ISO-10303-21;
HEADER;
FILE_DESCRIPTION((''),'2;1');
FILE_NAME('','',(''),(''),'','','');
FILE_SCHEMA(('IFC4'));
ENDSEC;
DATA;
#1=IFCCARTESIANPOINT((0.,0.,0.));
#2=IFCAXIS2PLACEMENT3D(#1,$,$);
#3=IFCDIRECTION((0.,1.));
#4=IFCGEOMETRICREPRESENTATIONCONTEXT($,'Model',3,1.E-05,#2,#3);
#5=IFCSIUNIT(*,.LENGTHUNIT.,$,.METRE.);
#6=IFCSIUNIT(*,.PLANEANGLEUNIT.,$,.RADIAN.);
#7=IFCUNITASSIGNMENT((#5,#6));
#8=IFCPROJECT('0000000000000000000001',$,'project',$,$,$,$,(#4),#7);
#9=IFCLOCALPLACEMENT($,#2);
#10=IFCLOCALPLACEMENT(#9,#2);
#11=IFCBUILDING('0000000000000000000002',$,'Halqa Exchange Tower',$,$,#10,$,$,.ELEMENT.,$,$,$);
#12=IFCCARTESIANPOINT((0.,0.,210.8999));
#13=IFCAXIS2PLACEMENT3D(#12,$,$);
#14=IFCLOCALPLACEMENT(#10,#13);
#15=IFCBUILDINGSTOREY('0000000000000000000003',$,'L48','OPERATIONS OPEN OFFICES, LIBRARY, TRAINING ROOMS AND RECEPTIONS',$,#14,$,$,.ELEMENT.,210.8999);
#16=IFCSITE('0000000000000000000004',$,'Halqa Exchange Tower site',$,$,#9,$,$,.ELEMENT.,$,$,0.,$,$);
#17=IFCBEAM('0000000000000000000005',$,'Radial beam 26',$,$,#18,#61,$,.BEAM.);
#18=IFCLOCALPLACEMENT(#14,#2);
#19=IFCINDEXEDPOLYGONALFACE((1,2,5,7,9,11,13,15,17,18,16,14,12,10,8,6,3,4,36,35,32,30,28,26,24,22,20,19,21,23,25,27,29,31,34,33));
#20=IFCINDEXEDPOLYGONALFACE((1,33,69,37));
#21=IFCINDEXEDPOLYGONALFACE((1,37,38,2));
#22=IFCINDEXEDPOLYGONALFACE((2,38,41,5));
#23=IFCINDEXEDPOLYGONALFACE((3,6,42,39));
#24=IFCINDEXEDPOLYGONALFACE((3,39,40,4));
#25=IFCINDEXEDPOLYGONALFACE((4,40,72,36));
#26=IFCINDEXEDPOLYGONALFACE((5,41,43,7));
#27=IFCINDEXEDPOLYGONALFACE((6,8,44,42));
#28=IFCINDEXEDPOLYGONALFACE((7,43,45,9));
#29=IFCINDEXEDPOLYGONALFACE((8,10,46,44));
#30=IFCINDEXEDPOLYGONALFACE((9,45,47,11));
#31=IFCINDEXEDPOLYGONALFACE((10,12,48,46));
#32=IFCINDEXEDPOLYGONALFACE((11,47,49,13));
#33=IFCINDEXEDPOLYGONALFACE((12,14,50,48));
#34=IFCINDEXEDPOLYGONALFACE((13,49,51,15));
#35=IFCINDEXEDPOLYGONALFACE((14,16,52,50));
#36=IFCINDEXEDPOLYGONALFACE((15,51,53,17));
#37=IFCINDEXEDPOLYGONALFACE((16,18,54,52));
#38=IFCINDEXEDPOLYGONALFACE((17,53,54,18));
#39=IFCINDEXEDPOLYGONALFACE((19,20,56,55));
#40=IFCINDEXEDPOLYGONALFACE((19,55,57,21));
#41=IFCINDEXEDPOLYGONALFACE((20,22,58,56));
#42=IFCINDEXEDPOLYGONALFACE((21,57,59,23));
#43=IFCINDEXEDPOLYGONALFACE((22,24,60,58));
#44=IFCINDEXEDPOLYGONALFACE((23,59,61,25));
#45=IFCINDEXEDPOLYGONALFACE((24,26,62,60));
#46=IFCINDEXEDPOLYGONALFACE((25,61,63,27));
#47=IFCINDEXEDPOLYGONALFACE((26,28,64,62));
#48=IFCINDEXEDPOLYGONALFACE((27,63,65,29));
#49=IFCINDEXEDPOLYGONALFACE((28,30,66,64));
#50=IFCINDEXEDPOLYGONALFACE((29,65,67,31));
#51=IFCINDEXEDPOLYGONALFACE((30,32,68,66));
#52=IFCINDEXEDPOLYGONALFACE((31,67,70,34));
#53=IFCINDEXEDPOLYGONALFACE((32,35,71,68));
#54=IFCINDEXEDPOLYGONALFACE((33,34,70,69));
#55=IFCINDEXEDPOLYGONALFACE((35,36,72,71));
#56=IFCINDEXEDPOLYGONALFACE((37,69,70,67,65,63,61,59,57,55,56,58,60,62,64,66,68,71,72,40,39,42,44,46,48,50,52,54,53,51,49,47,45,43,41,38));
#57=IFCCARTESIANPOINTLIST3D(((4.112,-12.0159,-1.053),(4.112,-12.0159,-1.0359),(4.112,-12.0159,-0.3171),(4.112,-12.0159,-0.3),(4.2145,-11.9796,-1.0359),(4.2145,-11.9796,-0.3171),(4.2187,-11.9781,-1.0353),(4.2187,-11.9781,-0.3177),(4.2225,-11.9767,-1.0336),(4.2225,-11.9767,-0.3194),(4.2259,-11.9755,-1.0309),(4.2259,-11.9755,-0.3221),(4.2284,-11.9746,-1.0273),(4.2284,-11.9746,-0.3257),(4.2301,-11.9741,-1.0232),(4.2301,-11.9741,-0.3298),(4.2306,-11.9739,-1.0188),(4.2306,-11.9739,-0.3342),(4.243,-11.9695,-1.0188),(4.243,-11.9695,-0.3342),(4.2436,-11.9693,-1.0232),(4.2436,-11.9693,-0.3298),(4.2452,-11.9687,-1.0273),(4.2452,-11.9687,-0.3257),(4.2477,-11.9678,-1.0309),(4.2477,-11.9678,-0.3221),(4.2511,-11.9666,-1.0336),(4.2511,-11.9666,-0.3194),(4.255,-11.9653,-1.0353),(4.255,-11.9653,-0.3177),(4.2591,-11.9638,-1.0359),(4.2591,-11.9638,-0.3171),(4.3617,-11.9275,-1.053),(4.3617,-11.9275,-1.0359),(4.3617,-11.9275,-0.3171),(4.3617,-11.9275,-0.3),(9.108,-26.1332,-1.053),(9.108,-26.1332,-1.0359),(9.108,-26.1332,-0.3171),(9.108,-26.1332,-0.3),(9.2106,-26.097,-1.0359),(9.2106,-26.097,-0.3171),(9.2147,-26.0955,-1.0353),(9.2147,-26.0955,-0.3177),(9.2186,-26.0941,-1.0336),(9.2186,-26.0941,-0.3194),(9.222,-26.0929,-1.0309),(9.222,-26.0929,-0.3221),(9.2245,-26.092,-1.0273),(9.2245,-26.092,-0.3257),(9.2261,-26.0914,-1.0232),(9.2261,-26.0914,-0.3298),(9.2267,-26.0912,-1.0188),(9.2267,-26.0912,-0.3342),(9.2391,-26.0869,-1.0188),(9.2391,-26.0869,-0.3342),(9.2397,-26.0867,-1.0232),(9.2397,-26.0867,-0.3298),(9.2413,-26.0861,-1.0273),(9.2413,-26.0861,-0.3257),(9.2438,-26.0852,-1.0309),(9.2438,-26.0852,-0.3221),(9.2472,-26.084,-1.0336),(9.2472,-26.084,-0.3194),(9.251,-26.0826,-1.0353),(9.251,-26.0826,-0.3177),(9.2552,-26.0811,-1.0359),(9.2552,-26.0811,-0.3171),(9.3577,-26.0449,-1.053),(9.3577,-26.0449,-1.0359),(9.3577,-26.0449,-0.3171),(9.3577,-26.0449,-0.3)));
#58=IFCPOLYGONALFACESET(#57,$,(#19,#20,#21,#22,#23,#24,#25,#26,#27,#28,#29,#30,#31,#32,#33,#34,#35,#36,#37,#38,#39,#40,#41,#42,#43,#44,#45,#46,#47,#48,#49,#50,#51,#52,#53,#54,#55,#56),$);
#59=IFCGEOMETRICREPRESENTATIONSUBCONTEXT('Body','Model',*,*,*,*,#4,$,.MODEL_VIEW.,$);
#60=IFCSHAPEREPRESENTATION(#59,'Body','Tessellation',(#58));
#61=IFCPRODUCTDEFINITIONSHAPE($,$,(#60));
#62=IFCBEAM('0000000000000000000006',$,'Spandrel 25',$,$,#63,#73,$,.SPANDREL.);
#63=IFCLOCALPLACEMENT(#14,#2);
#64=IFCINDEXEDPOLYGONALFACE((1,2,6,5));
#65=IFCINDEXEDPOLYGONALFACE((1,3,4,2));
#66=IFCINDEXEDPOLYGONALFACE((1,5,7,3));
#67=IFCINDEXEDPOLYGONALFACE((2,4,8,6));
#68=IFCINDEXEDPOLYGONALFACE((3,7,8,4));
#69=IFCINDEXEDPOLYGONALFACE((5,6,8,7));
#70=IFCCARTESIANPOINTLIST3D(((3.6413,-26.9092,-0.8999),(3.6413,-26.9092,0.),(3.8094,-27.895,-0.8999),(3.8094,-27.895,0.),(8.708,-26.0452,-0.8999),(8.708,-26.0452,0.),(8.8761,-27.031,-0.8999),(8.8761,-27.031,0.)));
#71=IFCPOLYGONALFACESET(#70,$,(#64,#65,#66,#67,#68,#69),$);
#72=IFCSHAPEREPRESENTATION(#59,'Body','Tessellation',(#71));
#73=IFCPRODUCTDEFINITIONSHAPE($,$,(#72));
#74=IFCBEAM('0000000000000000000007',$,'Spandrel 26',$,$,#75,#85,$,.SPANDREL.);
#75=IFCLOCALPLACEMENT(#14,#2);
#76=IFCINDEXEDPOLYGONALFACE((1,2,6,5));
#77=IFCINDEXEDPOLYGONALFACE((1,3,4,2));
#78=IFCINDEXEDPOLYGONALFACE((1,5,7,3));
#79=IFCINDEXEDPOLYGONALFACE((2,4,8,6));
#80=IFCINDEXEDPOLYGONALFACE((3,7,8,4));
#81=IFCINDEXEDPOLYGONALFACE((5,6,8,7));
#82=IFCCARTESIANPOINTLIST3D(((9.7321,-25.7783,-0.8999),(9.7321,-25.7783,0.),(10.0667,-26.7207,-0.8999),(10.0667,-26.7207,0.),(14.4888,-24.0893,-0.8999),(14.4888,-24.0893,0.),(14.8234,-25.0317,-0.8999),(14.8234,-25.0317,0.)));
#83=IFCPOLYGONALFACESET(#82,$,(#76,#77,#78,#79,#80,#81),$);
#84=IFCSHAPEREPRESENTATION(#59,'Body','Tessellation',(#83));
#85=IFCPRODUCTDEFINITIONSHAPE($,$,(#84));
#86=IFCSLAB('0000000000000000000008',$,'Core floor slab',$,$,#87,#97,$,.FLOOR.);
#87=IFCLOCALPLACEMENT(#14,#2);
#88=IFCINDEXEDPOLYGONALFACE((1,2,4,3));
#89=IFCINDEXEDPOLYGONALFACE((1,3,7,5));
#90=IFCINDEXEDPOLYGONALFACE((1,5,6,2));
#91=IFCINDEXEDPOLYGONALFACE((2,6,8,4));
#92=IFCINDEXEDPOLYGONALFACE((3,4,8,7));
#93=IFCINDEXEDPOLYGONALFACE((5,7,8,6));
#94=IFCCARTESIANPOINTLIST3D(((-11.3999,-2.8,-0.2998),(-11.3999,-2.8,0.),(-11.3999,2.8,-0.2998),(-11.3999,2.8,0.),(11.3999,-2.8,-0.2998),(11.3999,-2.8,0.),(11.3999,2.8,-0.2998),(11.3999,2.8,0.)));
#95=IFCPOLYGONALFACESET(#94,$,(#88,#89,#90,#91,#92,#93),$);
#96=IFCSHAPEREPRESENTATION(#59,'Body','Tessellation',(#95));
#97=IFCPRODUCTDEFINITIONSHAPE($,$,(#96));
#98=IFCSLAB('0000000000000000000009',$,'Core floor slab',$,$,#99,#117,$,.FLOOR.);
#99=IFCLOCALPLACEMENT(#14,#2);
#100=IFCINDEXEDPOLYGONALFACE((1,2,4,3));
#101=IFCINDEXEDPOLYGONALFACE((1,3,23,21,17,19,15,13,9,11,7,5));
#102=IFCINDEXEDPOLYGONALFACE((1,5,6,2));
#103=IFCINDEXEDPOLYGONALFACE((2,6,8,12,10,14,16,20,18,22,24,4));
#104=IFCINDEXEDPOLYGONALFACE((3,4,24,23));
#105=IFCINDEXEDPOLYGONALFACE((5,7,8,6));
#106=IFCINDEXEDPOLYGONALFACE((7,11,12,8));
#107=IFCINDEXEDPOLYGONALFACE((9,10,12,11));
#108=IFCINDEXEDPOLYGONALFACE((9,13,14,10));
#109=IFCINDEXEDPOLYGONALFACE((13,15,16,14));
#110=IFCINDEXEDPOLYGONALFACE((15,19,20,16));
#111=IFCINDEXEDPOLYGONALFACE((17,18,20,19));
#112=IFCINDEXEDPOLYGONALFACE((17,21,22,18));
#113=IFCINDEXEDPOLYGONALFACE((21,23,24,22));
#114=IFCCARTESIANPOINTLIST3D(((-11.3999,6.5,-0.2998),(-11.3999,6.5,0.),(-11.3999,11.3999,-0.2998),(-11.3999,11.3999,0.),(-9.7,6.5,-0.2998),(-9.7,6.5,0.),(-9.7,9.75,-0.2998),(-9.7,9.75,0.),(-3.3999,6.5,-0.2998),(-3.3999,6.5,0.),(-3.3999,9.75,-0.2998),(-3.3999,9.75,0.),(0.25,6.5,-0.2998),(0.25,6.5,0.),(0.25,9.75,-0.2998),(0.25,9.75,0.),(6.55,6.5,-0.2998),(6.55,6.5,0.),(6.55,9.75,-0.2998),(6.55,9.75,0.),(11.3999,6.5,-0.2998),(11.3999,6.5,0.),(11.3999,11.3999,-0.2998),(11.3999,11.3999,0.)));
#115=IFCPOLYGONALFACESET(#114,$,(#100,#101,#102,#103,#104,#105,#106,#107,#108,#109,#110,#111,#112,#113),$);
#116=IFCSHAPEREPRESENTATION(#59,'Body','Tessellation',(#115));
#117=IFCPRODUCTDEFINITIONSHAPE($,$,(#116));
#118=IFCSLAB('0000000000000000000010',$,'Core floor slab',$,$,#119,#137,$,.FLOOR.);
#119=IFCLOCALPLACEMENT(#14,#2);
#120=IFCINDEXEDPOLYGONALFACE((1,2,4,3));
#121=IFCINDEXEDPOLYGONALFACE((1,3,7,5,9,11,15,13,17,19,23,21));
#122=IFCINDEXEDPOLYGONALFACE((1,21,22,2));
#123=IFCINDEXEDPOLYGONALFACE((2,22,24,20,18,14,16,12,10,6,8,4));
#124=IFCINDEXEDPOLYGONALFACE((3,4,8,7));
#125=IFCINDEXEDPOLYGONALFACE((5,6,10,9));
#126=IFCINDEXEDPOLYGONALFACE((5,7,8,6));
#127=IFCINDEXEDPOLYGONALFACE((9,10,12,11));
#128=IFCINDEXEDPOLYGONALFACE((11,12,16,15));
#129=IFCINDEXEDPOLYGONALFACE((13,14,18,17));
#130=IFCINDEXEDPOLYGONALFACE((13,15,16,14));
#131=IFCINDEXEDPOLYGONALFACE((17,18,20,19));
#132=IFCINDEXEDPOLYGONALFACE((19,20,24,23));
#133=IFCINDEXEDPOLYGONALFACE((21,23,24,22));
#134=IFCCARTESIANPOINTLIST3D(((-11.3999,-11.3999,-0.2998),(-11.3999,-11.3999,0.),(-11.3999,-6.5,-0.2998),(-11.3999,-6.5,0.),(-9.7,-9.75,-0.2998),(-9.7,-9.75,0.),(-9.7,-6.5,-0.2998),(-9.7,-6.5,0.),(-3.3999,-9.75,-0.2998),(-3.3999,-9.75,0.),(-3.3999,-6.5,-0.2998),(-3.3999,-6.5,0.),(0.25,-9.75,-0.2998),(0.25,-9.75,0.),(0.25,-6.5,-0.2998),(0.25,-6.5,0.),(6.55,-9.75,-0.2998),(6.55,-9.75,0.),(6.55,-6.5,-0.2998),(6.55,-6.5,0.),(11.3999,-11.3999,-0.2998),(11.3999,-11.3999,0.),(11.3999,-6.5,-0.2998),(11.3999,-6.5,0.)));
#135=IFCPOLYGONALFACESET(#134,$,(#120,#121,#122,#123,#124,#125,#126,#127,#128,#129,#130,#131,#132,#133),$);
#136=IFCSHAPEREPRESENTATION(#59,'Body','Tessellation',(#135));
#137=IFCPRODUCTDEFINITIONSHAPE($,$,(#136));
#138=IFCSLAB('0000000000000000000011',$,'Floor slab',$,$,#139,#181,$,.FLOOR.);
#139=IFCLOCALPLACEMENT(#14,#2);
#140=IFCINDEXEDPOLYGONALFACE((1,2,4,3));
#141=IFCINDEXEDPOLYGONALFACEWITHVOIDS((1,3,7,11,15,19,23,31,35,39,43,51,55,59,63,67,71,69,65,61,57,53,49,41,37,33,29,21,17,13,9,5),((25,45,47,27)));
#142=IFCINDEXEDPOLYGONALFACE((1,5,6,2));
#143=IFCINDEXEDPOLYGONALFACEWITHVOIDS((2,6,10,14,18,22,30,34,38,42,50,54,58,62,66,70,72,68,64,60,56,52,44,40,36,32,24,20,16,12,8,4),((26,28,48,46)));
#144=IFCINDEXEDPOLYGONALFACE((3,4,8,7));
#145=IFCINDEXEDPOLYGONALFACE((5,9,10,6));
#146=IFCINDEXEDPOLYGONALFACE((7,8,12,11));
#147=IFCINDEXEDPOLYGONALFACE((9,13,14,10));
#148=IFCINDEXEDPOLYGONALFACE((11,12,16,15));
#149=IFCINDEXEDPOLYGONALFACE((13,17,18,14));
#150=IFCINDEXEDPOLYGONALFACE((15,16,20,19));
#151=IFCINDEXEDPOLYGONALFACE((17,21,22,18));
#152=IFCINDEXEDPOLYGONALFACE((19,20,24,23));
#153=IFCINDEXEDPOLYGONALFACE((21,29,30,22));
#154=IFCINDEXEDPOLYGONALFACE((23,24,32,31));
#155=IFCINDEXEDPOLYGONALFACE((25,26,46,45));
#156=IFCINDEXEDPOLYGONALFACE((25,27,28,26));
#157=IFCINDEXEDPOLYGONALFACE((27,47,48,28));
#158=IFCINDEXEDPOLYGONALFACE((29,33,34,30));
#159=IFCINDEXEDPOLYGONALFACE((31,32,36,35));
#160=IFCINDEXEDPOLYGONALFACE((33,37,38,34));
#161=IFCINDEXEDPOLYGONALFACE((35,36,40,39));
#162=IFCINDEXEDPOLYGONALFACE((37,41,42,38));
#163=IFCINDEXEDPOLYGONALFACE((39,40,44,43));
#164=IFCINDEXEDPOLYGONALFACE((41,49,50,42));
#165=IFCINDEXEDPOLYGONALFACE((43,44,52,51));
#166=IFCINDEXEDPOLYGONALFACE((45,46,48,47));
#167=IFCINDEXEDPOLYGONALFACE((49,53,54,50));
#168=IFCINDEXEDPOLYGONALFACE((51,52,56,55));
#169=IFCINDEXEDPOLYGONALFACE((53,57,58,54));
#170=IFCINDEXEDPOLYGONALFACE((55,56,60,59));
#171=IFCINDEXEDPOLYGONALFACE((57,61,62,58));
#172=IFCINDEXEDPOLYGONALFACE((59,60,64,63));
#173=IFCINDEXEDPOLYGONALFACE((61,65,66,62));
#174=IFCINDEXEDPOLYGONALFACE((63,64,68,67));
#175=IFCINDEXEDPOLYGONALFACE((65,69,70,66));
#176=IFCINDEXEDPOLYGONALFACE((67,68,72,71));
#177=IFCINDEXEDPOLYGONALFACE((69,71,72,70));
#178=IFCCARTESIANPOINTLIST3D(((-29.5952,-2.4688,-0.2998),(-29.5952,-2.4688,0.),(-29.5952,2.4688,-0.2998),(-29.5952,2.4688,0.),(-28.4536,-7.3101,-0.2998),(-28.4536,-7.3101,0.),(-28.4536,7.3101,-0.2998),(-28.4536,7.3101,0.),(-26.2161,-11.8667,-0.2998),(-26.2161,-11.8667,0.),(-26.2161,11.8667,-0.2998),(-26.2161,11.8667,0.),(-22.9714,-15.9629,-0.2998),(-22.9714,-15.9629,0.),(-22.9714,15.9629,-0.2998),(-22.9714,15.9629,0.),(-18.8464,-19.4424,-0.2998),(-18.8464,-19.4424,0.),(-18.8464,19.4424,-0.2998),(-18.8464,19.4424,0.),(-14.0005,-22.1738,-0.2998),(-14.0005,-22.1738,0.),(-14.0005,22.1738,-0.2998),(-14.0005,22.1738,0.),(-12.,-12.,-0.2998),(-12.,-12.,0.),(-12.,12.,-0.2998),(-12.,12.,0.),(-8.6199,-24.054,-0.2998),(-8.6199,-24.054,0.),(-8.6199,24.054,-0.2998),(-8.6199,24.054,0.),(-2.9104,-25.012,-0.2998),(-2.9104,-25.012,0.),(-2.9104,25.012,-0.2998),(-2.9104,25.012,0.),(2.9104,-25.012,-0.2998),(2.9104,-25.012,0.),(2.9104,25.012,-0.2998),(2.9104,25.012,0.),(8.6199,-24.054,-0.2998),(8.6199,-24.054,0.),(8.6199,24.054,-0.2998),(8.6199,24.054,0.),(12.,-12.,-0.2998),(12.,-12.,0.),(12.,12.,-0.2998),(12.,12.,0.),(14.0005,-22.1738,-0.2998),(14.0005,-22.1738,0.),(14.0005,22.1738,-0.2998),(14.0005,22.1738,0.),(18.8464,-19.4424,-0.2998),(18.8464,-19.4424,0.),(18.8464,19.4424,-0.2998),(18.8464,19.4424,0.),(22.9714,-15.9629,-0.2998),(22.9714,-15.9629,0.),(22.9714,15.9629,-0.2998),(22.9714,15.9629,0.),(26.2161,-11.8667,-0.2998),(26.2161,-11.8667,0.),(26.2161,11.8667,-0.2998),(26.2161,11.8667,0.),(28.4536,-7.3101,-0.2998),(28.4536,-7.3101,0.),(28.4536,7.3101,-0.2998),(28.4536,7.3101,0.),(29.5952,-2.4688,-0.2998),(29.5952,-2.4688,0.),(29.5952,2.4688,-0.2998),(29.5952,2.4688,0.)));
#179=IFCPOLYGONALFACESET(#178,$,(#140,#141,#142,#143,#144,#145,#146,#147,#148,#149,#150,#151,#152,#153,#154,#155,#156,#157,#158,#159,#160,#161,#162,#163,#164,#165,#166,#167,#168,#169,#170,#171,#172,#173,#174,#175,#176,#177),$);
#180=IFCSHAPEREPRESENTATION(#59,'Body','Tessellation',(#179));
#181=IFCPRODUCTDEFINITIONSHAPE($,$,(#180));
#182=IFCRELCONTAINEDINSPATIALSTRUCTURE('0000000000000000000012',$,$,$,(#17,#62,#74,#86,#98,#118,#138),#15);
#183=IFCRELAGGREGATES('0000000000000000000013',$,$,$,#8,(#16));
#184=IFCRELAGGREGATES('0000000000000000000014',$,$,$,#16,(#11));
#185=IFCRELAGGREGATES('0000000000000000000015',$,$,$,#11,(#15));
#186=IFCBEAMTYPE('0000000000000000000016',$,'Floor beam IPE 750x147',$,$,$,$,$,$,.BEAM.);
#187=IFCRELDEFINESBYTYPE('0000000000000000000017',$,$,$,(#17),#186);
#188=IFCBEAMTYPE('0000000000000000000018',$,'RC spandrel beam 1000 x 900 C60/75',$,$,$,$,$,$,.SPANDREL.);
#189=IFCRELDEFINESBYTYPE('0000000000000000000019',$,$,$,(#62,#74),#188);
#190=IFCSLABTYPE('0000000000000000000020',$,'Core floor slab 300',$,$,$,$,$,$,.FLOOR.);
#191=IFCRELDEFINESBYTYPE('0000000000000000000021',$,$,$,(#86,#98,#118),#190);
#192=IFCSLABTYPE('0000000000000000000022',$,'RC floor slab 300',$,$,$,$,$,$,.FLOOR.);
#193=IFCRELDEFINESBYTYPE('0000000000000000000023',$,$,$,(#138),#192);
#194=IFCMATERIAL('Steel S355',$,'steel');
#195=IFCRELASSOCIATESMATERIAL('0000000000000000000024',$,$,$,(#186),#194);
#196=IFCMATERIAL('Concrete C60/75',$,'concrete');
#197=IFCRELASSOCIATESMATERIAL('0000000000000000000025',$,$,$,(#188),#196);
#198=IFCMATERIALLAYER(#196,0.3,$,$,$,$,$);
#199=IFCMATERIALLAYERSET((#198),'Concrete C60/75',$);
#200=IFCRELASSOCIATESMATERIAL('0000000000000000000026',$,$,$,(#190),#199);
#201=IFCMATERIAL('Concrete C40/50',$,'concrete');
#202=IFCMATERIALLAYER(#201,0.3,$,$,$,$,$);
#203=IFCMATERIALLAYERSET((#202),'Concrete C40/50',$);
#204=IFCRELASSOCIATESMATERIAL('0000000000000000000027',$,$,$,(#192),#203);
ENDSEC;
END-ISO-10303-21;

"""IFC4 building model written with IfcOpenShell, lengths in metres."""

from ifc_helpers import new_model, si_unit, direction, frame, origin, origin_2d, place, context, subcontext, project, spatial, polyline, rectangle, i_section, outline, extrude, material, layer, layer_set, material_profile, profile_set, type_object, element, save


model = new_model("IFC4")

# Units and contexts
model_context = context("Model", 3, precision=1e-05, world=origin(), true_north=direction((0.0, 1.0)))
body_context = subcontext(model_context, "Body", "Model", "MODEL_VIEW")
ifc_project = project(units=[si_unit("LENGTHUNIT", "METRE"), si_unit("PLANEANGLEUNIT", "RADIAN")], contexts=[model_context])

# Site, building, storey
site_placement = place(None, origin())
site = spatial("IfcSite", under=ifc_project, at=site_placement, Name="Halqa Exchange Tower site", CompositionType="ELEMENT", RefElevation=0.0)
building_placement = place(site_placement, origin())
building = spatial("IfcBuilding", under=site, at=building_placement, Name="Halqa Exchange Tower", CompositionType="ELEMENT")
storey_placement = place(building_placement, frame((0.0, 0.0, 210.8999)))
storey = spatial("IfcBuildingStorey", under=building, at=storey_placement, Name="L48", Description="OPERATIONS OPEN OFFICES, LIBRARY, TRAINING ROOMS AND RECEPTIONS", CompositionType="ELEMENT", Elevation=210.8999)

# Shared definitions
ifc_material_1 = material(Name="Concrete C60/75", Category="concrete")

# Beams
ifc_material_2 = material(Name="Steel S355", Category="steel")
ifc_material_profile_1 = material_profile(ifc_material_2, i_section(OverallWidth=0.2649, OverallDepth=0.7529, WebThickness=0.0132, FlangeThickness=0.0171, FilletRadius=0.0171, at=origin_2d()), Name="IPE 750x147")
ifc_profile_set_1 = profile_set([ifc_material_profile_1], Name="Steel S355")
beam_type_1 = type_object("IfcBeamType", Name="Floor beam IPE 750x147", PredefinedType="BEAM", material=ifc_profile_set_1)
beam_1_placement = place(storey_placement, frame((4.2368, -11.9717, -0.6765), z_axis=(0.33362, -0.942708, 0.0), x_axis=(0.942708, 0.33362, 0.0)))
element("IfcBeam", 1, at=beam_1_placement, inside=storey, type_object=beam_type_1, Name="Radial beam 26", PredefinedType="BEAM", context=body_context, shape_type="SweptSolid", body=[
    extrude(i_section(OverallWidth=0.2649, OverallDepth=0.7529, WebThickness=0.0132, FlangeThickness=0.0171, FilletRadius=0.0171, at=origin_2d()), origin(), (0.0, 0.0, 1.0), 14.9753),
])
ifc_material_profile_2 = material_profile(ifc_material_1, rectangle(XDim=1.0, YDim=0.8999, at=origin_2d()), Name="1000 x 900")
ifc_profile_set_2 = profile_set([ifc_material_profile_2], Name="Concrete C60/75")
beam_type_2 = type_object("IfcBeamType", Name="RC spandrel beam 1000 x 900 C60/75", PredefinedType="SPANDREL", material=ifc_profile_set_2)
beam_2_placement = place(storey_placement, frame((3.7253, -27.4021, -0.45), z_axis=(0.985769, 0.168103, 0.0), x_axis=(-0.168103, 0.985769, 0.0)))
element("IfcBeam", 2, at=beam_2_placement, inside=storey, type_object=beam_type_2, Name="Spandrel 25", PredefinedType="SPANDREL", context=body_context, shape_type="SweptSolid", body=[
    extrude(rectangle(XDim=1.0, YDim=0.8999, at=origin_2d()), origin(), (0.0, 0.0, 1.0), 5.1399),
])
beam_3_placement = place(storey_placement, frame((9.8994, -26.2495, -0.45), z_axis=(0.942356, 0.334611, 0.0), x_axis=(-0.334611, 0.942356, 0.0)))
element("IfcBeam", 3, at=beam_3_placement, inside=storey, type_object=beam_type_2, Name="Spandrel 26", PredefinedType="SPANDREL", context=body_context, shape_type="SweptSolid", body=[
    extrude(rectangle(XDim=1.0, YDim=0.8999, at=origin_2d()), origin(), (0.0, 0.0, 1.0), 5.0476),
])

# Slabs
ifc_layer_1 = layer(ifc_material_1, 0.3)
ifc_layer_set_1 = layer_set([ifc_layer_1], Name="Concrete C60/75")
slab_type_1 = type_object("IfcSlabType", Name="Core floor slab 300", PredefinedType="FLOOR", material=ifc_layer_set_1)
slab_1_placement = place(storey_placement, frame((0.0, 0.0, -0.2998)))
element("IfcSlab", 4, at=slab_1_placement, inside=storey, type_object=slab_type_1, Name="Core floor slab", PredefinedType="FLOOR", context=body_context, shape_type="SweptSolid", body=[
    extrude(outline(polyline([(-11.3999, 2.8), (11.3999, 2.8), (11.3999, -2.8), (-11.3999, -2.8), (-11.3999, 2.8)])), origin(), (0.0, 0.0, 1.0), 0.2998),
])
slab_2_placement = place(storey_placement, frame((0.0, 0.0, -0.2998)))
element("IfcSlab", 5, at=slab_2_placement, inside=storey, type_object=slab_type_1, Name="Core floor slab", PredefinedType="FLOOR", context=body_context, shape_type="SweptSolid", body=[
    extrude(outline(polyline([(-11.3999, 11.3999), (11.3999, 11.3999), (11.3999, 6.5), (6.55, 6.5), (6.55, 9.75), (0.25, 9.75), (0.25, 6.5), (-3.3999, 6.5), (-3.3999, 9.75), (-9.7, 9.75), (-9.7, 6.5), (-11.3999, 6.5), (-11.3999, 11.3999)])), origin(), (0.0, 0.0, 1.0), 0.2998),
])
slab_3_placement = place(storey_placement, frame((0.0, 0.0, -0.2998)))
element("IfcSlab", 6, at=slab_3_placement, inside=storey, type_object=slab_type_1, Name="Core floor slab", PredefinedType="FLOOR", context=body_context, shape_type="SweptSolid", body=[
    extrude(outline(polyline([(-9.7, -9.75), (-3.3999, -9.75), (-3.3999, -6.5), (0.25, -6.5), (0.25, -9.75), (6.55, -9.75), (6.55, -6.5), (11.3999, -6.5), (11.3999, -11.3999), (-11.3999, -11.3999), (-11.3999, -6.5), (-9.7, -6.5), (-9.7, -9.75)])), origin(), (0.0, 0.0, 1.0), 0.2998),
])
ifc_material_3 = material(Name="Concrete C40/50", Category="concrete")
ifc_layer_2 = layer(ifc_material_3, 0.3)
ifc_layer_set_2 = layer_set([ifc_layer_2], Name="Concrete C40/50")
slab_type_2 = type_object("IfcSlabType", Name="RC floor slab 300", PredefinedType="FLOOR", material=ifc_layer_set_2)
slab_4_placement = place(storey_placement, frame((0.0, 0.0, -0.2998)))
element("IfcSlab", 7, at=slab_4_placement, inside=storey, type_object=slab_type_2, Name="Floor slab", PredefinedType="FLOOR", context=body_context, shape_type="SweptSolid", body=[
    extrude(outline(polyline([(29.5952, 2.4688), (28.4536, 7.3101), (26.2161, 11.8667), (22.9714, 15.9629), (18.8464, 19.4424), (14.0005, 22.1738), (8.6199, 24.054), (2.9104, 25.012), (-2.9104, 25.012), (-8.6199, 24.054), (-14.0005, 22.1738), (-18.8464, 19.4424), (-22.9714, 15.9629), (-26.2161, 11.8667), (-28.4536, 7.3101), (-29.5952, 2.4688), (-29.5952, -2.4688), (-28.4536, -7.3101), (-26.2161, -11.8667), (-22.9714, -15.9629), (-18.8464, -19.4424), (-14.0005, -22.1738), (-8.6199, -24.054), (-2.9104, -25.012), (2.9104, -25.012), (8.6199, -24.054), (14.0005, -22.1738), (18.8464, -19.4424), (22.9714, -15.9629), (26.2161, -11.8667), (28.4536, -7.3101), (29.5952, -2.4688), (29.5952, 2.4688)]), holes=[polyline([(-12.0, -12.0), (12.0, -12.0), (12.0, 12.0), (-12.0, 12.0), (-12.0, -12.0)])]), origin(), (0.0, 0.0, 1.0), 0.2998),
])

save(model, "model.ifc")
